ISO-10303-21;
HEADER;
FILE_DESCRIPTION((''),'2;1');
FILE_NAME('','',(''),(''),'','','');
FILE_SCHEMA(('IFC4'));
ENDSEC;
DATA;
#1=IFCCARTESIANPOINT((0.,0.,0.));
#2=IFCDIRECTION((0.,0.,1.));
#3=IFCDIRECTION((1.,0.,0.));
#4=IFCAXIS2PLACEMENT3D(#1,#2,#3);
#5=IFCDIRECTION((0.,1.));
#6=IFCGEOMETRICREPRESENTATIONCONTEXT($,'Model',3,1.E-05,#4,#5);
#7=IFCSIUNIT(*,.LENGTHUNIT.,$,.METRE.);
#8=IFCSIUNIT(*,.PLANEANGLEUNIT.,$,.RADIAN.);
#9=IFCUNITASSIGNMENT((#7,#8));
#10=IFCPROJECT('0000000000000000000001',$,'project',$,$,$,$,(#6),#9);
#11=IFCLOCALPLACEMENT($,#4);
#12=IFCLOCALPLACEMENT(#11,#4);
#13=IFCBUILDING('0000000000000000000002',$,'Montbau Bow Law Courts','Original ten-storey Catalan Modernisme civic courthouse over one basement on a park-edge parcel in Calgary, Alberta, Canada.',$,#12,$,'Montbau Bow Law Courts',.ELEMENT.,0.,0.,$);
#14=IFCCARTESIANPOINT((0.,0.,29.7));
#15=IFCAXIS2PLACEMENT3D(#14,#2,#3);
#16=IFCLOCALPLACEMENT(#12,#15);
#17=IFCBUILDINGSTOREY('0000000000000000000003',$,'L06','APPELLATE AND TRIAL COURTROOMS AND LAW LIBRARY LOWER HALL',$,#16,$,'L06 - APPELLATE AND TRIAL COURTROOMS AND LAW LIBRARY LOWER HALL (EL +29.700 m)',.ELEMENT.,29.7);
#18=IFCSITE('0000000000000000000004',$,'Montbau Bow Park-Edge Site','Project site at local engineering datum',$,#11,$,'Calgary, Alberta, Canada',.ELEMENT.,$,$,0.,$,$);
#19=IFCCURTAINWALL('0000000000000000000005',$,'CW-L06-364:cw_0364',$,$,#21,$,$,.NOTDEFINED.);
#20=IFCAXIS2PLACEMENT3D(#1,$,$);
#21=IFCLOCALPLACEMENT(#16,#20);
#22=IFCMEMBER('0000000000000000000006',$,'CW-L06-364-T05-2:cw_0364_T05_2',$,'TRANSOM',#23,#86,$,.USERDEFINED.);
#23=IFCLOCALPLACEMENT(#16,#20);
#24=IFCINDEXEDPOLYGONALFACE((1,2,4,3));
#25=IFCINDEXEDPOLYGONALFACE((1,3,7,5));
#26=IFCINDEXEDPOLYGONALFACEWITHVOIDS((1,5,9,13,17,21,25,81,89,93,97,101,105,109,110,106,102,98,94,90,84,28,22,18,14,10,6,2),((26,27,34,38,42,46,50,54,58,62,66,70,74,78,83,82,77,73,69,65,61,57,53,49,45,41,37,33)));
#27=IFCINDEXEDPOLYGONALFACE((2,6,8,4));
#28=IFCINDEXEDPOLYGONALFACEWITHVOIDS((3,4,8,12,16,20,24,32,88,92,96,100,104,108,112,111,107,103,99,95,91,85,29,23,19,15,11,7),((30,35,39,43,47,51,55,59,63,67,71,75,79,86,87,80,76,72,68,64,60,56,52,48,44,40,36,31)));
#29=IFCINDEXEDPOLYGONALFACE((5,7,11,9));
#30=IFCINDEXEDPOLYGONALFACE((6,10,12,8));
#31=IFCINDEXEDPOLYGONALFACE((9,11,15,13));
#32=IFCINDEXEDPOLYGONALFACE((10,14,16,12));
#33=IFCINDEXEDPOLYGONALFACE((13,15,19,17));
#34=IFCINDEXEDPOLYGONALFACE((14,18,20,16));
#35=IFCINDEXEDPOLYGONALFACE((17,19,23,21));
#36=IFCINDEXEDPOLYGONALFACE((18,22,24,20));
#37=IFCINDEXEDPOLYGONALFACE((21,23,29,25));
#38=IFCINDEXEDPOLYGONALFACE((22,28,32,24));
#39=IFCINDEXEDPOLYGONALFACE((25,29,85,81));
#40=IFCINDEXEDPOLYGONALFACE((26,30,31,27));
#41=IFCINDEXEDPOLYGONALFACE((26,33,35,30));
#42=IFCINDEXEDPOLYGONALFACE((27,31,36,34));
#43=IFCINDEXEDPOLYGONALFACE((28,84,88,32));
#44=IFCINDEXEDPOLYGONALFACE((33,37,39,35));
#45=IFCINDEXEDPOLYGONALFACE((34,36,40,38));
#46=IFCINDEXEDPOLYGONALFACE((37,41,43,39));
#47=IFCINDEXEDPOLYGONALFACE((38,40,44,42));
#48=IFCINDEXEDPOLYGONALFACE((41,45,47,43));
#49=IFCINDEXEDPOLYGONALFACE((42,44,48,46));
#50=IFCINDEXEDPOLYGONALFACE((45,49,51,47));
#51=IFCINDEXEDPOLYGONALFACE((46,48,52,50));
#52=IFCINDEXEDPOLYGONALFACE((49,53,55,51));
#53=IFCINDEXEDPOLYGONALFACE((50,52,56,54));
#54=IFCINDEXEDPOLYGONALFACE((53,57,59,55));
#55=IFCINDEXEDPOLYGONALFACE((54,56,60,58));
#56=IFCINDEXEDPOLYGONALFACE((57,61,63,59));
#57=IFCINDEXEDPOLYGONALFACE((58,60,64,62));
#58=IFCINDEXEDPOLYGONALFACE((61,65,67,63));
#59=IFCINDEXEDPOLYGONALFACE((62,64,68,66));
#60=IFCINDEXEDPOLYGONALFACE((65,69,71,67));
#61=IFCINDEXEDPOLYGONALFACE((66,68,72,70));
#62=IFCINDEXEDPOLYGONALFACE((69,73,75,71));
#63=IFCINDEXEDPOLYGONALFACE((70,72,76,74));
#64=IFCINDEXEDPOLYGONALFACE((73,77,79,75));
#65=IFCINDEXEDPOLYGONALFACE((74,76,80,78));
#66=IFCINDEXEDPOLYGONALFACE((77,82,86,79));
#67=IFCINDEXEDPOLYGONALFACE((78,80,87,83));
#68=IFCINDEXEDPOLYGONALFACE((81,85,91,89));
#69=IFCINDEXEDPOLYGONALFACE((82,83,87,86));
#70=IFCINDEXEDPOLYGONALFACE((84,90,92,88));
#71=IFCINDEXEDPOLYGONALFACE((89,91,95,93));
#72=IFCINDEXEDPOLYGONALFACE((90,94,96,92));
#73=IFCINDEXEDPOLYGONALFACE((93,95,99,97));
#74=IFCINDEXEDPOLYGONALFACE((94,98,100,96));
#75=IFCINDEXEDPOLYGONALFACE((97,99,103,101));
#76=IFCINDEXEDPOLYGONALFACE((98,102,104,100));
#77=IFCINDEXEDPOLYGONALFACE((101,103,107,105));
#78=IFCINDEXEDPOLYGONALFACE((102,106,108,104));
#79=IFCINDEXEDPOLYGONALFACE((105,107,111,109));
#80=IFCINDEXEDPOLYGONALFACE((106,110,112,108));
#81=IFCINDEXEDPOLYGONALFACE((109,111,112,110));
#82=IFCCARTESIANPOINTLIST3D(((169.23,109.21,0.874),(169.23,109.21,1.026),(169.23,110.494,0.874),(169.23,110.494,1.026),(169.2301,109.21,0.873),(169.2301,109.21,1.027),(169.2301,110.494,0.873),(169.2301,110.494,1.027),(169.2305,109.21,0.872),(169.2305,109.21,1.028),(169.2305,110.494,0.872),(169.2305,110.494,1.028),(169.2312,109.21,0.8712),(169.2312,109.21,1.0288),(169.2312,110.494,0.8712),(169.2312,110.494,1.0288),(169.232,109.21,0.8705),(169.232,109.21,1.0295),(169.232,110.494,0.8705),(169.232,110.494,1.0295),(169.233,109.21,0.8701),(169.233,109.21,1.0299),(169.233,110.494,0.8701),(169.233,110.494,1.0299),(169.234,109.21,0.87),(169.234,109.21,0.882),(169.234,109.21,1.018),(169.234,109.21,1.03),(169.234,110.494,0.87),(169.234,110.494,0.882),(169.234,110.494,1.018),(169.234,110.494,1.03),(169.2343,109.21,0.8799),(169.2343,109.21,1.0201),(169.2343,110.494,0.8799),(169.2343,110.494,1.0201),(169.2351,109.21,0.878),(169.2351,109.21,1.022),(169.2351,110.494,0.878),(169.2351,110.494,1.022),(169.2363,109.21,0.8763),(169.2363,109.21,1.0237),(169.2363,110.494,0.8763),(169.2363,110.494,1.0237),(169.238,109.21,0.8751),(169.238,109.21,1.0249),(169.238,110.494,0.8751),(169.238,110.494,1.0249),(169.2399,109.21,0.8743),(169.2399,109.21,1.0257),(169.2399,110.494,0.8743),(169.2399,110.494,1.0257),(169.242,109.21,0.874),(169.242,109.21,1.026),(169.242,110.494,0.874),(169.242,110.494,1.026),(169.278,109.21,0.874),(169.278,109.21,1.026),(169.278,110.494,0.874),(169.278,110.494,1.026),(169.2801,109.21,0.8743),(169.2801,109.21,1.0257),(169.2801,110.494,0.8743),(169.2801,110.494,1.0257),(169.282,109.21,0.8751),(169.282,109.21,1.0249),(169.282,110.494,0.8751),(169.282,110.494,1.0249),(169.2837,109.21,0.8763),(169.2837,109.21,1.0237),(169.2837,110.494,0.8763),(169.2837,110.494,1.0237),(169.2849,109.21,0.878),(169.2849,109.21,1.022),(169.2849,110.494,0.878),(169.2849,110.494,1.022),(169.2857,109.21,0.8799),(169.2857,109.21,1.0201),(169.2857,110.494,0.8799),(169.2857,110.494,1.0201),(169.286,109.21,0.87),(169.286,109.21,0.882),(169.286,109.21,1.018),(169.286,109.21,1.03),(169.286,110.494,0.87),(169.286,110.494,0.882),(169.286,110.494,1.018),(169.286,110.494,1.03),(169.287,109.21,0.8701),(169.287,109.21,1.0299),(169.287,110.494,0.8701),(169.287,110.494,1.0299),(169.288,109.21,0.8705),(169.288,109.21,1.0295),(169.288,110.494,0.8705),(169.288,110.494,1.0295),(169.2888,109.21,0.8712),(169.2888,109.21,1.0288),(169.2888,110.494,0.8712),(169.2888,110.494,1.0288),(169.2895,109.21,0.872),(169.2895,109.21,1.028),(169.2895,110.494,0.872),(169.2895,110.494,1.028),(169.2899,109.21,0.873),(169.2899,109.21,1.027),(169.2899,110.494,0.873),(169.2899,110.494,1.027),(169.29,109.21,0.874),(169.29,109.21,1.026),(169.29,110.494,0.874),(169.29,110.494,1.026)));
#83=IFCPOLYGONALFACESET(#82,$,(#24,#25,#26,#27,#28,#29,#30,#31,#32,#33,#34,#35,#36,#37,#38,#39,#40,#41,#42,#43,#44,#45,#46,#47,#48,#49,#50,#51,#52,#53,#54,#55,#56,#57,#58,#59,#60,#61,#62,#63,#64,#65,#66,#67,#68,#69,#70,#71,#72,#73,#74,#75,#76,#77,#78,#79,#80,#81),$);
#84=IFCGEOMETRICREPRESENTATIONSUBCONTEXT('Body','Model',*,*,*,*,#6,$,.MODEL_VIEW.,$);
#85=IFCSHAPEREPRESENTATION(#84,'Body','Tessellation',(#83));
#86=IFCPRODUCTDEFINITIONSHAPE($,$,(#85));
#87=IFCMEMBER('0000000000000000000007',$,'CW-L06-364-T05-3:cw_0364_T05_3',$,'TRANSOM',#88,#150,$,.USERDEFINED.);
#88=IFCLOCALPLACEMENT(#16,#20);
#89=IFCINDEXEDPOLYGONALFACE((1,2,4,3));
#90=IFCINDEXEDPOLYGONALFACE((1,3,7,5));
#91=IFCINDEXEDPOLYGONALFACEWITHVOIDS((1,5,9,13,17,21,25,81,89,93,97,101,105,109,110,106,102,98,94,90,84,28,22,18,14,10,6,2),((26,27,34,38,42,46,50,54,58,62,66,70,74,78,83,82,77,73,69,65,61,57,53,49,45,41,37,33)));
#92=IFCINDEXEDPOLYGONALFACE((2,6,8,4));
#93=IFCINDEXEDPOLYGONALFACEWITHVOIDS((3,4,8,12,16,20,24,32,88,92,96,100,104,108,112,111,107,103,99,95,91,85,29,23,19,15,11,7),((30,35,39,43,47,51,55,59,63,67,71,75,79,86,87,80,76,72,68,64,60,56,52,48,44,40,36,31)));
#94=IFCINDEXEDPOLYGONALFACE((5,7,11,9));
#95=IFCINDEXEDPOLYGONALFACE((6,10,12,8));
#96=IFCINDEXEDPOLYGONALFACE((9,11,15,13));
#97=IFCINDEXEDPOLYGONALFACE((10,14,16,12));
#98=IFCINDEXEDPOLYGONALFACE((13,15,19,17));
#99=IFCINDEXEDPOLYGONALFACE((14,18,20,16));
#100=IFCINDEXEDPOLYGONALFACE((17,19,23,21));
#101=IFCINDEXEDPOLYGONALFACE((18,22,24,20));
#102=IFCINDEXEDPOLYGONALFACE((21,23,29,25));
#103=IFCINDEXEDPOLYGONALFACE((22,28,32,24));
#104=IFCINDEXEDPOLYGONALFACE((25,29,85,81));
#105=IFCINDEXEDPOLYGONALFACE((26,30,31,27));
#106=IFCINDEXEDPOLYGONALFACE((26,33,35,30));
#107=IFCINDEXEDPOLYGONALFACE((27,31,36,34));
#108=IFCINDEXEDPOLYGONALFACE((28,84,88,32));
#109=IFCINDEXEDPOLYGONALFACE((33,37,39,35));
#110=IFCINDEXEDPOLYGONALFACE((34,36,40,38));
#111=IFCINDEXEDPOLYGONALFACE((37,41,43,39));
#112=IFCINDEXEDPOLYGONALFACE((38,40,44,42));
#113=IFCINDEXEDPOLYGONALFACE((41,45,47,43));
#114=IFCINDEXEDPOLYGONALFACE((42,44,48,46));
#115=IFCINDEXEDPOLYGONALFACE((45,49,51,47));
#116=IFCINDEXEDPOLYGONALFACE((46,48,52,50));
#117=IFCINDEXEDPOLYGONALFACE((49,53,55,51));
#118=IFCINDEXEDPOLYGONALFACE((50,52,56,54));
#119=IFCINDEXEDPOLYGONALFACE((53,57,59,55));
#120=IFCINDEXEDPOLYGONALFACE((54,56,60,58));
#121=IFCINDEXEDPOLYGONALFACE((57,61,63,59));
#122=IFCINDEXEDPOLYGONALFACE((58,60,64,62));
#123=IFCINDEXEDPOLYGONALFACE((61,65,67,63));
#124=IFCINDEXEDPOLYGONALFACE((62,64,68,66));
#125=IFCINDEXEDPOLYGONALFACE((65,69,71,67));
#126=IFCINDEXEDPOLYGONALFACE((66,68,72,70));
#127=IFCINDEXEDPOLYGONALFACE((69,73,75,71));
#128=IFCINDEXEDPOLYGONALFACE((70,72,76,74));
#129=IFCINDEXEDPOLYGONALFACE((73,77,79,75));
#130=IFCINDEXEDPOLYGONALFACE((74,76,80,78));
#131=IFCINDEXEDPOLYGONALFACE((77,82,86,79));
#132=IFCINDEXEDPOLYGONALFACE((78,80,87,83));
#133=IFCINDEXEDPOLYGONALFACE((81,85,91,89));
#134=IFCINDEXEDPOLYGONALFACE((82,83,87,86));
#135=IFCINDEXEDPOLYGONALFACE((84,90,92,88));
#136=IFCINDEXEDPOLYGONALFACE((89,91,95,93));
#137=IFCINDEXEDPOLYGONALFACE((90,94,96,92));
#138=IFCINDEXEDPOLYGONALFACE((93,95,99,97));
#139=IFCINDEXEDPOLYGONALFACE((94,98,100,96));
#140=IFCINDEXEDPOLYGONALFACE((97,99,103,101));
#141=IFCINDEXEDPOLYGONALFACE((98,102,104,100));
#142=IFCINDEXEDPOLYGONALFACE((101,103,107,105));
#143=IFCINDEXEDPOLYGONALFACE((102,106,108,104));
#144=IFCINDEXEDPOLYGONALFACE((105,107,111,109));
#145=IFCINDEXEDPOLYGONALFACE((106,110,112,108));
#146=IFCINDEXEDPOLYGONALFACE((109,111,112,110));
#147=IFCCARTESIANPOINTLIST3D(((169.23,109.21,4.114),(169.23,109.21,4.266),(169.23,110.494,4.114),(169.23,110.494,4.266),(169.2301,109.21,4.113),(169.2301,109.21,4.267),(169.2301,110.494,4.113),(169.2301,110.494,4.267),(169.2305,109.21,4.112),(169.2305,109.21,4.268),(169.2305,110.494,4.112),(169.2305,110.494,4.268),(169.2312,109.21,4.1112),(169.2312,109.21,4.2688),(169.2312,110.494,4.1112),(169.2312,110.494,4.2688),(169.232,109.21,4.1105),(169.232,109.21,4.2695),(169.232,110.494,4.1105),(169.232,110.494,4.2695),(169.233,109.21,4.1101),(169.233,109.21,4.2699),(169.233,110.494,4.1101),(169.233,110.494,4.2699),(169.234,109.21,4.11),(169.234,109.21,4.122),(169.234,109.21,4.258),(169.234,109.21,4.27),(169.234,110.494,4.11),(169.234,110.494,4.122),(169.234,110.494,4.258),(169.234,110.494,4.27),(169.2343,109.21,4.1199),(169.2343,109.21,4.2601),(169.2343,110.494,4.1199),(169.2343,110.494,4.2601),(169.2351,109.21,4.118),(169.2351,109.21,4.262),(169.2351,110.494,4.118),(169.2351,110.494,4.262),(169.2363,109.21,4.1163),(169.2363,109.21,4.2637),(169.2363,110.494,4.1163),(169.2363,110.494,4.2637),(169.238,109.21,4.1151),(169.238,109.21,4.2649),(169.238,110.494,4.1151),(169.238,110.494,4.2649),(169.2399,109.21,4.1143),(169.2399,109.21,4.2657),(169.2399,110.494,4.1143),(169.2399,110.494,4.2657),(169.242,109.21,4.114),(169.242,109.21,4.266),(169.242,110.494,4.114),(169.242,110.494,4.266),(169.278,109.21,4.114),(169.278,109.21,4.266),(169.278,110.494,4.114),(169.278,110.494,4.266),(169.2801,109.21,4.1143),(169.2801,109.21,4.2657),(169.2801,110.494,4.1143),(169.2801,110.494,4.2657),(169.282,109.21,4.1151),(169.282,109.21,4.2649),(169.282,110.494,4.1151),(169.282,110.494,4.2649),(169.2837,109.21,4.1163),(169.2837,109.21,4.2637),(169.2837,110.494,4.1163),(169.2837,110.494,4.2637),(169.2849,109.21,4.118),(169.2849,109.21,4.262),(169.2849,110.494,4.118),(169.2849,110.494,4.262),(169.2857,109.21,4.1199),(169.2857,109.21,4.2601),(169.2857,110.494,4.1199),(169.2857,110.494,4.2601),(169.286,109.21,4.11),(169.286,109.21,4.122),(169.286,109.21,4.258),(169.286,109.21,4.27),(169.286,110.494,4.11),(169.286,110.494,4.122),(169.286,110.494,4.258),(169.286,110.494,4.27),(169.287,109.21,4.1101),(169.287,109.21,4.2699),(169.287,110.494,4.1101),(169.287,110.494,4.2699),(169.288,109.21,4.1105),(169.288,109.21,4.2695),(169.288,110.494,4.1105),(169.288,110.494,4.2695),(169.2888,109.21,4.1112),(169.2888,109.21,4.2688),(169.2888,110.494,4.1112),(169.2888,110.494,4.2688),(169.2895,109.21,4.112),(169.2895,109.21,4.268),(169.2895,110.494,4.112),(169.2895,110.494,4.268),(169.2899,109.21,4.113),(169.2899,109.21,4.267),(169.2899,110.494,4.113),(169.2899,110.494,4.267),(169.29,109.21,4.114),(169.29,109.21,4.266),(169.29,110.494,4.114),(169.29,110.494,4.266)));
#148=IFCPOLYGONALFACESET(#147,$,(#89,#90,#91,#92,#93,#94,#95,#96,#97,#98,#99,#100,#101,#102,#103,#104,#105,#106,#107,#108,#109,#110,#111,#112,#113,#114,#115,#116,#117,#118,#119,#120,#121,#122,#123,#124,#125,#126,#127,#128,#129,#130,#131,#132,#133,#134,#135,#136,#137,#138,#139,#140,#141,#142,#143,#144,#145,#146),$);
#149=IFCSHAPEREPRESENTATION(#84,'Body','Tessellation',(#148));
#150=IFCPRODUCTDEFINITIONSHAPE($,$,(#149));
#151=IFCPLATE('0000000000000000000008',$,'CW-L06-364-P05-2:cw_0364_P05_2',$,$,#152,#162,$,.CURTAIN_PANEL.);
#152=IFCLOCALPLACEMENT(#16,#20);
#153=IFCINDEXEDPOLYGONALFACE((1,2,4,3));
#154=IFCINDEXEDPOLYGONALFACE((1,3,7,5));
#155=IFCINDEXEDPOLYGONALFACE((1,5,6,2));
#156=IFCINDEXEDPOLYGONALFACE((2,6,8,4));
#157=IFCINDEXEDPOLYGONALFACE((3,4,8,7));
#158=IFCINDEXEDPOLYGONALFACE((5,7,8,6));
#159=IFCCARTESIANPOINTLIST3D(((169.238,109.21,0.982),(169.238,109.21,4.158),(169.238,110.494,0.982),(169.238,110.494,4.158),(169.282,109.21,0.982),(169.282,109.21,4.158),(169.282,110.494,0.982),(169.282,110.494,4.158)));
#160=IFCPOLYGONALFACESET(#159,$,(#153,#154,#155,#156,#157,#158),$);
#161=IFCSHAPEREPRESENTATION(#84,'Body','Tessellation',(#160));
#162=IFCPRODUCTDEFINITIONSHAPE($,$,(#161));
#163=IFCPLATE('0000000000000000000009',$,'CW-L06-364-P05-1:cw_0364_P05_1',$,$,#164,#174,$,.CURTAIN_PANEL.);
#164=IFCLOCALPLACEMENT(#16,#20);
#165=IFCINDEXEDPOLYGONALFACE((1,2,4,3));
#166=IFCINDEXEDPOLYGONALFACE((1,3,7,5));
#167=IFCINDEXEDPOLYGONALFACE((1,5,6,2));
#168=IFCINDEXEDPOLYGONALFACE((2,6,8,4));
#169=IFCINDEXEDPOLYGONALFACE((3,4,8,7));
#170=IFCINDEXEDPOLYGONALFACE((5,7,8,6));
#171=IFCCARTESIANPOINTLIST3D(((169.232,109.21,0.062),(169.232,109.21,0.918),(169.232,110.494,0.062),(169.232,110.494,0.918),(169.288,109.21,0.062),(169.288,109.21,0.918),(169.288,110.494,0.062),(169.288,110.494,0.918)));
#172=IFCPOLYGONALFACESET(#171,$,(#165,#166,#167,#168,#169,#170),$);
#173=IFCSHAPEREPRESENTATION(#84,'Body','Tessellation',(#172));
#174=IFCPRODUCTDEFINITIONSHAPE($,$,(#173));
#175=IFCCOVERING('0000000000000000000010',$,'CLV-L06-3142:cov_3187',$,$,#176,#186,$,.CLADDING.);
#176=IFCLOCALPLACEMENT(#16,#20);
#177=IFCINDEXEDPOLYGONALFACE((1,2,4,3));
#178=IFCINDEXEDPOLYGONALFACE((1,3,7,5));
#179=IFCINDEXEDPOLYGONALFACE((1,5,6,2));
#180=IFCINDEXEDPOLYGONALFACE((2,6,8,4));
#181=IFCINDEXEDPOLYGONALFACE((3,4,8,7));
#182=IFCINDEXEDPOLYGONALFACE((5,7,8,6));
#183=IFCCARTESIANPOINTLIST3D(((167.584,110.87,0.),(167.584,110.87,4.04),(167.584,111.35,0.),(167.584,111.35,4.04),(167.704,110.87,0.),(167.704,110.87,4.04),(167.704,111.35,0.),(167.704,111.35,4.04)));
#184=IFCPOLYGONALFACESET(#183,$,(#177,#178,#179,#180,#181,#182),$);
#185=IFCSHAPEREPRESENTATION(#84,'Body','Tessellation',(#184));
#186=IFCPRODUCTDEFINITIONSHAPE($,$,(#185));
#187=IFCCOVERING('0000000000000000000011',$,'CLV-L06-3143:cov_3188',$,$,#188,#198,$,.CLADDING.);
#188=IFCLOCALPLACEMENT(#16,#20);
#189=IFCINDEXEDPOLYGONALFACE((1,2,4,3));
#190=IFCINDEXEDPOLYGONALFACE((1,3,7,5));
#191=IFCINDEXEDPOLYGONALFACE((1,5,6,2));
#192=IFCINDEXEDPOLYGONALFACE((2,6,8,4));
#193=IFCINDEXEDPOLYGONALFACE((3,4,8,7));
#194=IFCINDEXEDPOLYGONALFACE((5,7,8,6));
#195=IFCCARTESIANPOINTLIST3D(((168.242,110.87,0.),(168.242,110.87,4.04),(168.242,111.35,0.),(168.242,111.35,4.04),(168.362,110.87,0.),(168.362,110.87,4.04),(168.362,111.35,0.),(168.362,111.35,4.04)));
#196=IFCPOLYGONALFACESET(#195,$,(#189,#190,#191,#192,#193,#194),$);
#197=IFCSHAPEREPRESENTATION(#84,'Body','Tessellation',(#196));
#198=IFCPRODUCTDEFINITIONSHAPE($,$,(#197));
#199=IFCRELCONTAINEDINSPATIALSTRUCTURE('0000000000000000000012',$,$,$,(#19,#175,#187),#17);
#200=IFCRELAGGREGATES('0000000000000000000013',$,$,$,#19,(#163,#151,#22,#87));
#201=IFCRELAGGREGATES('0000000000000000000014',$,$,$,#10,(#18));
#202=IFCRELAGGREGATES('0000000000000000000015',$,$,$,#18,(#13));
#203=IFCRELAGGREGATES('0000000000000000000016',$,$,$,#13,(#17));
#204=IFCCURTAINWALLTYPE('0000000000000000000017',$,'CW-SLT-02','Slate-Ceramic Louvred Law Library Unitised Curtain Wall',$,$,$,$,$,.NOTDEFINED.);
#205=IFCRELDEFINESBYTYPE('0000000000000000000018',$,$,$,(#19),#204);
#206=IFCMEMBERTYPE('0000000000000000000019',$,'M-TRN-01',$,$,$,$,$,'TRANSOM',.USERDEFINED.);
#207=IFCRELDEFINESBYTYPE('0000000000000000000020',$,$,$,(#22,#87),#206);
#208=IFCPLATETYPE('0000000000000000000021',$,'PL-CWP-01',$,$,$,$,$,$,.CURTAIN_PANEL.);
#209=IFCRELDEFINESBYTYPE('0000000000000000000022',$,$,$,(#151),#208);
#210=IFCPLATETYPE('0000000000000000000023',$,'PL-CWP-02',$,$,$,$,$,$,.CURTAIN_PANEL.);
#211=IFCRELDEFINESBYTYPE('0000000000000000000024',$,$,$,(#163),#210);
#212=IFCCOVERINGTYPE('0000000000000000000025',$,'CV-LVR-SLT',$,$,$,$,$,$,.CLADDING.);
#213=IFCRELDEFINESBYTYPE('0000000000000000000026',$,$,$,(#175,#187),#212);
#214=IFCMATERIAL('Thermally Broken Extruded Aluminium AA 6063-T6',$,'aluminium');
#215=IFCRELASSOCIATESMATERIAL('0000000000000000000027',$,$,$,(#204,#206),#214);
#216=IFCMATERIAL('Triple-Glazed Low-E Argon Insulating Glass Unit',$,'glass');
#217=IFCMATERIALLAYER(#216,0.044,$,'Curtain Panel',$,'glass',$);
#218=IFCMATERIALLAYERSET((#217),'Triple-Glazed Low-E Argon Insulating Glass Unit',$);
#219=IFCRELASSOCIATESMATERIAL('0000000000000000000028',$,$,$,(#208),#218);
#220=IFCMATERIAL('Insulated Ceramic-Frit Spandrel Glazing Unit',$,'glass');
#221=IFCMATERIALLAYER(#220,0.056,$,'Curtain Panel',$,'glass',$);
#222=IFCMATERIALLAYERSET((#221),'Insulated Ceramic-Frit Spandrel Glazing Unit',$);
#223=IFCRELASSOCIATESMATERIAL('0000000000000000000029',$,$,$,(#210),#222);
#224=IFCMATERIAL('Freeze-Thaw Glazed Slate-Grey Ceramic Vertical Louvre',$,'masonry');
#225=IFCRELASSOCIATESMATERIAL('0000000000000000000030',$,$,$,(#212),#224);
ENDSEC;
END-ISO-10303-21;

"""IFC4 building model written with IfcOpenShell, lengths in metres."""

from ifc_helpers import new_model, si_unit, direction, frame, frame_2d, origin_with_axes, origin_2d_with_axis, place, context, subcontext, project, spatial, rectangle, hollow_rectangle, extrude, material, layer, layer_set, material_profile, profile_set, type_object, element, aggregate, save


model = new_model("IFC4")

# Units and contexts
model_context = context("Model", 3, precision=1e-05, world=origin_with_axes(), true_north=direction((0.0, 1.0)))
body_context = subcontext(model_context, "Body", "Model", "MODEL_VIEW")
ifc_project = project(units=[si_unit("LENGTHUNIT", "METRE"), si_unit("PLANEANGLEUNIT", "RADIAN")], contexts=[model_context])

# Site, building, storey
site_placement = place(None, origin_with_axes())
site = spatial("IfcSite", under=ifc_project, at=site_placement, Name="Montbau Bow Park-Edge Site", Description="Project site at local engineering datum", LongName="Calgary, Alberta, Canada", CompositionType="ELEMENT", RefElevation=0.0)
building_placement = place(site_placement, origin_with_axes())
building = spatial("IfcBuilding", under=site, at=building_placement, Name="Montbau Bow Law Courts", Description="Original ten-storey Catalan Modernisme civic courthouse over one basement on a park-edge parcel in Calgary, Alberta, Canada.", LongName="Montbau Bow Law Courts", CompositionType="ELEMENT", ElevationOfRefHeight=0.0, ElevationOfTerrain=0.0)
storey_placement = place(building_placement, frame((0.0, 0.0, 29.7), z_axis=(0.0, 0.0, 1.0), x_axis=(1.0, 0.0, 0.0)))
storey = spatial("IfcBuildingStorey", under=building, at=storey_placement, Name="L06", Description="APPELLATE AND TRIAL COURTROOMS AND LAW LIBRARY LOWER HALL", LongName="L06 - APPELLATE AND TRIAL COURTROOMS AND LAW LIBRARY LOWER HALL (EL +29.700 m)", CompositionType="ELEMENT", Elevation=29.7)

# Curtain wall
ifc_material_1 = material(Name="Thermally Broken Extruded Aluminium AA 6063-T6", Category="aluminium")
curtain_wall_type = type_object("IfcCurtainWallType", Name="CW-SLT-02", Description="Slate-Ceramic Louvred Law Library Unitised Curtain Wall", PredefinedType="NOTDEFINED", material=ifc_material_1)
curtain_wall_1_placement = place(None, frame((169.26, 103.64, 29.7), z_axis=(0.0, 0.0, 1.0), x_axis=(1.0, 0.0, 0.0)))
curtain_wall_1 = element("IfcCurtainWall", 1, at=curtain_wall_1_placement, inside=storey, type_object=curtain_wall_type, Name="CW-L06-364:cw_0364", PredefinedType="NOTDEFINED")

# Members
ifc_material_profile_1 = material_profile(ifc_material_1, hollow_rectangle(XDim=0.06, YDim=0.16, WallThickness=0.004, InnerFilletRadius=0.008, OuterFilletRadius=0.004, at=origin_2d_with_axis()), Name="CWT-160X60", Category="Main", Priority=0)
ifc_profile_set_1 = profile_set([ifc_material_profile_1], Name="Thermally Broken Extruded Aluminium AA 6063-T6")
member_type_1 = type_object("IfcMemberType", Name="M-TRN-01", ElementType="TRANSOM", PredefinedType="USERDEFINED", material=ifc_profile_set_1)
member_1_placement = place(None, frame((169.26, 109.21, 30.65), z_axis=(0.0, 1.0, 0.0), x_axis=(-1.0, 0.0, 0.0)))
member_1 = element("IfcMember", 2, at=member_1_placement, type_object=member_type_1, Name="CW-L06-364-T05-2:cw_0364_T05_2", ObjectType="TRANSOM", PredefinedType="USERDEFINED", context=body_context, shape_type="SweptSolid", body=[
    extrude(hollow_rectangle(XDim=0.06, YDim=0.16, WallThickness=0.004, InnerFilletRadius=0.008, OuterFilletRadius=0.004, at=origin_2d_with_axis()), origin_with_axes(), (0.0, 0.0, 1.0), 1.284),
])
member_2_placement = place(None, frame((169.26, 109.21, 33.89), z_axis=(0.0, 1.0, 0.0), x_axis=(-1.0, 0.0, 0.0)))
member_2 = element("IfcMember", 3, at=member_2_placement, type_object=member_type_1, Name="CW-L06-364-T05-3:cw_0364_T05_3", ObjectType="TRANSOM", PredefinedType="USERDEFINED", context=body_context, shape_type="SweptSolid", body=[
    extrude(hollow_rectangle(XDim=0.06, YDim=0.16, WallThickness=0.004, InnerFilletRadius=0.008, OuterFilletRadius=0.004, at=origin_2d_with_axis()), origin_with_axes(), (0.0, 0.0, 1.0), 1.284),
])

# Plates
ifc_material_2 = material(Name="Triple-Glazed Low-E Argon Insulating Glass Unit", Category="glass")
ifc_layer_1 = layer(ifc_material_2, 0.044, Name="Curtain Panel", Category="glass")
ifc_layer_set_1 = layer_set([ifc_layer_1], Name="Triple-Glazed Low-E Argon Insulating Glass Unit")
plate_type_1 = type_object("IfcPlateType", Name="PL-CWP-01", PredefinedType="CURTAIN_PANEL", material=ifc_layer_set_1)
plate_1_placement = place(None, frame((169.26, 109.21, 30.682), z_axis=(1.0, 0.0, 0.0), x_axis=(0.0, 1.0, 0.0)))
plate_1 = element("IfcPlate", 4, at=plate_1_placement, type_object=plate_type_1, Name="CW-L06-364-P05-2:cw_0364_P05_2", PredefinedType="CURTAIN_PANEL", context=body_context, shape_type="SweptSolid", body=[
    extrude(rectangle(XDim=1.284, YDim=3.176, at=frame_2d((0.642, 1.588), x_axis=(1.0, 0.0))), frame((0.0, 0.0, -0.022), z_axis=(0.0, 0.0, 1.0), x_axis=(1.0, 0.0, 0.0)), (0.0, 0.0, 1.0), 0.044),
])
ifc_material_3 = material(Name="Insulated Ceramic-Frit Spandrel Glazing Unit", Category="glass")
ifc_layer_2 = layer(ifc_material_3, 0.056, Name="Curtain Panel", Category="glass")
ifc_layer_set_2 = layer_set([ifc_layer_2], Name="Insulated Ceramic-Frit Spandrel Glazing Unit")
plate_type_2 = type_object("IfcPlateType", Name="PL-CWP-02", PredefinedType="CURTAIN_PANEL", material=ifc_layer_set_2)
plate_2_placement = place(None, frame((169.26, 109.21, 29.762), z_axis=(1.0, 0.0, 0.0), x_axis=(0.0, 1.0, 0.0)))
plate_2 = element("IfcPlate", 5, at=plate_2_placement, type_object=plate_type_2, Name="CW-L06-364-P05-1:cw_0364_P05_1", PredefinedType="CURTAIN_PANEL", context=body_context, shape_type="SweptSolid", body=[
    extrude(rectangle(XDim=1.284, YDim=0.856, at=frame_2d((0.642, 0.428), x_axis=(1.0, 0.0))), frame((0.0, 0.0, -0.028), z_axis=(0.0, 0.0, 1.0), x_axis=(1.0, 0.0, 0.0)), (0.0, 0.0, 1.0), 0.056),
])
aggregate(curtain_wall_1, [plate_2, plate_1, member_1, member_2])

# Coverings
ifc_material_4 = material(Name="Freeze-Thaw Glazed Slate-Grey Ceramic Vertical Louvre", Category="masonry")
covering_type = type_object("IfcCoveringType", Name="CV-LVR-SLT", PredefinedType="CLADDING", material=ifc_material_4)
for number, where, z_axis, x_axis, name in (
    (6, (167.644, 110.87, 29.7), (1.0, 0.0, 0.0), (0.0, 1.0, 0.0), "CLV-L06-3142:cov_3187"),
    (7, (168.302, 110.87, 29.7), (1.0, 0.0, 0.0), (0.0, 1.0, 0.0), "CLV-L06-3143:cov_3188"),
):
    element("IfcCovering", number, at=place(None, frame(where, z_axis=z_axis, x_axis=x_axis)), inside=storey, type_object=covering_type, Name=name, PredefinedType="CLADDING", context=body_context, shape_type="SweptSolid", body=[
        extrude(rectangle(XDim=0.48, YDim=4.04, at=frame_2d((0.24, 2.02), x_axis=(1.0, 0.0))), frame((0.0, 0.0, -0.06), z_axis=(0.0, 0.0, 1.0), x_axis=(1.0, 0.0, 0.0)), (0.0, 0.0, 1.0), 0.12),
    ])

save(model, "model.ifc")
